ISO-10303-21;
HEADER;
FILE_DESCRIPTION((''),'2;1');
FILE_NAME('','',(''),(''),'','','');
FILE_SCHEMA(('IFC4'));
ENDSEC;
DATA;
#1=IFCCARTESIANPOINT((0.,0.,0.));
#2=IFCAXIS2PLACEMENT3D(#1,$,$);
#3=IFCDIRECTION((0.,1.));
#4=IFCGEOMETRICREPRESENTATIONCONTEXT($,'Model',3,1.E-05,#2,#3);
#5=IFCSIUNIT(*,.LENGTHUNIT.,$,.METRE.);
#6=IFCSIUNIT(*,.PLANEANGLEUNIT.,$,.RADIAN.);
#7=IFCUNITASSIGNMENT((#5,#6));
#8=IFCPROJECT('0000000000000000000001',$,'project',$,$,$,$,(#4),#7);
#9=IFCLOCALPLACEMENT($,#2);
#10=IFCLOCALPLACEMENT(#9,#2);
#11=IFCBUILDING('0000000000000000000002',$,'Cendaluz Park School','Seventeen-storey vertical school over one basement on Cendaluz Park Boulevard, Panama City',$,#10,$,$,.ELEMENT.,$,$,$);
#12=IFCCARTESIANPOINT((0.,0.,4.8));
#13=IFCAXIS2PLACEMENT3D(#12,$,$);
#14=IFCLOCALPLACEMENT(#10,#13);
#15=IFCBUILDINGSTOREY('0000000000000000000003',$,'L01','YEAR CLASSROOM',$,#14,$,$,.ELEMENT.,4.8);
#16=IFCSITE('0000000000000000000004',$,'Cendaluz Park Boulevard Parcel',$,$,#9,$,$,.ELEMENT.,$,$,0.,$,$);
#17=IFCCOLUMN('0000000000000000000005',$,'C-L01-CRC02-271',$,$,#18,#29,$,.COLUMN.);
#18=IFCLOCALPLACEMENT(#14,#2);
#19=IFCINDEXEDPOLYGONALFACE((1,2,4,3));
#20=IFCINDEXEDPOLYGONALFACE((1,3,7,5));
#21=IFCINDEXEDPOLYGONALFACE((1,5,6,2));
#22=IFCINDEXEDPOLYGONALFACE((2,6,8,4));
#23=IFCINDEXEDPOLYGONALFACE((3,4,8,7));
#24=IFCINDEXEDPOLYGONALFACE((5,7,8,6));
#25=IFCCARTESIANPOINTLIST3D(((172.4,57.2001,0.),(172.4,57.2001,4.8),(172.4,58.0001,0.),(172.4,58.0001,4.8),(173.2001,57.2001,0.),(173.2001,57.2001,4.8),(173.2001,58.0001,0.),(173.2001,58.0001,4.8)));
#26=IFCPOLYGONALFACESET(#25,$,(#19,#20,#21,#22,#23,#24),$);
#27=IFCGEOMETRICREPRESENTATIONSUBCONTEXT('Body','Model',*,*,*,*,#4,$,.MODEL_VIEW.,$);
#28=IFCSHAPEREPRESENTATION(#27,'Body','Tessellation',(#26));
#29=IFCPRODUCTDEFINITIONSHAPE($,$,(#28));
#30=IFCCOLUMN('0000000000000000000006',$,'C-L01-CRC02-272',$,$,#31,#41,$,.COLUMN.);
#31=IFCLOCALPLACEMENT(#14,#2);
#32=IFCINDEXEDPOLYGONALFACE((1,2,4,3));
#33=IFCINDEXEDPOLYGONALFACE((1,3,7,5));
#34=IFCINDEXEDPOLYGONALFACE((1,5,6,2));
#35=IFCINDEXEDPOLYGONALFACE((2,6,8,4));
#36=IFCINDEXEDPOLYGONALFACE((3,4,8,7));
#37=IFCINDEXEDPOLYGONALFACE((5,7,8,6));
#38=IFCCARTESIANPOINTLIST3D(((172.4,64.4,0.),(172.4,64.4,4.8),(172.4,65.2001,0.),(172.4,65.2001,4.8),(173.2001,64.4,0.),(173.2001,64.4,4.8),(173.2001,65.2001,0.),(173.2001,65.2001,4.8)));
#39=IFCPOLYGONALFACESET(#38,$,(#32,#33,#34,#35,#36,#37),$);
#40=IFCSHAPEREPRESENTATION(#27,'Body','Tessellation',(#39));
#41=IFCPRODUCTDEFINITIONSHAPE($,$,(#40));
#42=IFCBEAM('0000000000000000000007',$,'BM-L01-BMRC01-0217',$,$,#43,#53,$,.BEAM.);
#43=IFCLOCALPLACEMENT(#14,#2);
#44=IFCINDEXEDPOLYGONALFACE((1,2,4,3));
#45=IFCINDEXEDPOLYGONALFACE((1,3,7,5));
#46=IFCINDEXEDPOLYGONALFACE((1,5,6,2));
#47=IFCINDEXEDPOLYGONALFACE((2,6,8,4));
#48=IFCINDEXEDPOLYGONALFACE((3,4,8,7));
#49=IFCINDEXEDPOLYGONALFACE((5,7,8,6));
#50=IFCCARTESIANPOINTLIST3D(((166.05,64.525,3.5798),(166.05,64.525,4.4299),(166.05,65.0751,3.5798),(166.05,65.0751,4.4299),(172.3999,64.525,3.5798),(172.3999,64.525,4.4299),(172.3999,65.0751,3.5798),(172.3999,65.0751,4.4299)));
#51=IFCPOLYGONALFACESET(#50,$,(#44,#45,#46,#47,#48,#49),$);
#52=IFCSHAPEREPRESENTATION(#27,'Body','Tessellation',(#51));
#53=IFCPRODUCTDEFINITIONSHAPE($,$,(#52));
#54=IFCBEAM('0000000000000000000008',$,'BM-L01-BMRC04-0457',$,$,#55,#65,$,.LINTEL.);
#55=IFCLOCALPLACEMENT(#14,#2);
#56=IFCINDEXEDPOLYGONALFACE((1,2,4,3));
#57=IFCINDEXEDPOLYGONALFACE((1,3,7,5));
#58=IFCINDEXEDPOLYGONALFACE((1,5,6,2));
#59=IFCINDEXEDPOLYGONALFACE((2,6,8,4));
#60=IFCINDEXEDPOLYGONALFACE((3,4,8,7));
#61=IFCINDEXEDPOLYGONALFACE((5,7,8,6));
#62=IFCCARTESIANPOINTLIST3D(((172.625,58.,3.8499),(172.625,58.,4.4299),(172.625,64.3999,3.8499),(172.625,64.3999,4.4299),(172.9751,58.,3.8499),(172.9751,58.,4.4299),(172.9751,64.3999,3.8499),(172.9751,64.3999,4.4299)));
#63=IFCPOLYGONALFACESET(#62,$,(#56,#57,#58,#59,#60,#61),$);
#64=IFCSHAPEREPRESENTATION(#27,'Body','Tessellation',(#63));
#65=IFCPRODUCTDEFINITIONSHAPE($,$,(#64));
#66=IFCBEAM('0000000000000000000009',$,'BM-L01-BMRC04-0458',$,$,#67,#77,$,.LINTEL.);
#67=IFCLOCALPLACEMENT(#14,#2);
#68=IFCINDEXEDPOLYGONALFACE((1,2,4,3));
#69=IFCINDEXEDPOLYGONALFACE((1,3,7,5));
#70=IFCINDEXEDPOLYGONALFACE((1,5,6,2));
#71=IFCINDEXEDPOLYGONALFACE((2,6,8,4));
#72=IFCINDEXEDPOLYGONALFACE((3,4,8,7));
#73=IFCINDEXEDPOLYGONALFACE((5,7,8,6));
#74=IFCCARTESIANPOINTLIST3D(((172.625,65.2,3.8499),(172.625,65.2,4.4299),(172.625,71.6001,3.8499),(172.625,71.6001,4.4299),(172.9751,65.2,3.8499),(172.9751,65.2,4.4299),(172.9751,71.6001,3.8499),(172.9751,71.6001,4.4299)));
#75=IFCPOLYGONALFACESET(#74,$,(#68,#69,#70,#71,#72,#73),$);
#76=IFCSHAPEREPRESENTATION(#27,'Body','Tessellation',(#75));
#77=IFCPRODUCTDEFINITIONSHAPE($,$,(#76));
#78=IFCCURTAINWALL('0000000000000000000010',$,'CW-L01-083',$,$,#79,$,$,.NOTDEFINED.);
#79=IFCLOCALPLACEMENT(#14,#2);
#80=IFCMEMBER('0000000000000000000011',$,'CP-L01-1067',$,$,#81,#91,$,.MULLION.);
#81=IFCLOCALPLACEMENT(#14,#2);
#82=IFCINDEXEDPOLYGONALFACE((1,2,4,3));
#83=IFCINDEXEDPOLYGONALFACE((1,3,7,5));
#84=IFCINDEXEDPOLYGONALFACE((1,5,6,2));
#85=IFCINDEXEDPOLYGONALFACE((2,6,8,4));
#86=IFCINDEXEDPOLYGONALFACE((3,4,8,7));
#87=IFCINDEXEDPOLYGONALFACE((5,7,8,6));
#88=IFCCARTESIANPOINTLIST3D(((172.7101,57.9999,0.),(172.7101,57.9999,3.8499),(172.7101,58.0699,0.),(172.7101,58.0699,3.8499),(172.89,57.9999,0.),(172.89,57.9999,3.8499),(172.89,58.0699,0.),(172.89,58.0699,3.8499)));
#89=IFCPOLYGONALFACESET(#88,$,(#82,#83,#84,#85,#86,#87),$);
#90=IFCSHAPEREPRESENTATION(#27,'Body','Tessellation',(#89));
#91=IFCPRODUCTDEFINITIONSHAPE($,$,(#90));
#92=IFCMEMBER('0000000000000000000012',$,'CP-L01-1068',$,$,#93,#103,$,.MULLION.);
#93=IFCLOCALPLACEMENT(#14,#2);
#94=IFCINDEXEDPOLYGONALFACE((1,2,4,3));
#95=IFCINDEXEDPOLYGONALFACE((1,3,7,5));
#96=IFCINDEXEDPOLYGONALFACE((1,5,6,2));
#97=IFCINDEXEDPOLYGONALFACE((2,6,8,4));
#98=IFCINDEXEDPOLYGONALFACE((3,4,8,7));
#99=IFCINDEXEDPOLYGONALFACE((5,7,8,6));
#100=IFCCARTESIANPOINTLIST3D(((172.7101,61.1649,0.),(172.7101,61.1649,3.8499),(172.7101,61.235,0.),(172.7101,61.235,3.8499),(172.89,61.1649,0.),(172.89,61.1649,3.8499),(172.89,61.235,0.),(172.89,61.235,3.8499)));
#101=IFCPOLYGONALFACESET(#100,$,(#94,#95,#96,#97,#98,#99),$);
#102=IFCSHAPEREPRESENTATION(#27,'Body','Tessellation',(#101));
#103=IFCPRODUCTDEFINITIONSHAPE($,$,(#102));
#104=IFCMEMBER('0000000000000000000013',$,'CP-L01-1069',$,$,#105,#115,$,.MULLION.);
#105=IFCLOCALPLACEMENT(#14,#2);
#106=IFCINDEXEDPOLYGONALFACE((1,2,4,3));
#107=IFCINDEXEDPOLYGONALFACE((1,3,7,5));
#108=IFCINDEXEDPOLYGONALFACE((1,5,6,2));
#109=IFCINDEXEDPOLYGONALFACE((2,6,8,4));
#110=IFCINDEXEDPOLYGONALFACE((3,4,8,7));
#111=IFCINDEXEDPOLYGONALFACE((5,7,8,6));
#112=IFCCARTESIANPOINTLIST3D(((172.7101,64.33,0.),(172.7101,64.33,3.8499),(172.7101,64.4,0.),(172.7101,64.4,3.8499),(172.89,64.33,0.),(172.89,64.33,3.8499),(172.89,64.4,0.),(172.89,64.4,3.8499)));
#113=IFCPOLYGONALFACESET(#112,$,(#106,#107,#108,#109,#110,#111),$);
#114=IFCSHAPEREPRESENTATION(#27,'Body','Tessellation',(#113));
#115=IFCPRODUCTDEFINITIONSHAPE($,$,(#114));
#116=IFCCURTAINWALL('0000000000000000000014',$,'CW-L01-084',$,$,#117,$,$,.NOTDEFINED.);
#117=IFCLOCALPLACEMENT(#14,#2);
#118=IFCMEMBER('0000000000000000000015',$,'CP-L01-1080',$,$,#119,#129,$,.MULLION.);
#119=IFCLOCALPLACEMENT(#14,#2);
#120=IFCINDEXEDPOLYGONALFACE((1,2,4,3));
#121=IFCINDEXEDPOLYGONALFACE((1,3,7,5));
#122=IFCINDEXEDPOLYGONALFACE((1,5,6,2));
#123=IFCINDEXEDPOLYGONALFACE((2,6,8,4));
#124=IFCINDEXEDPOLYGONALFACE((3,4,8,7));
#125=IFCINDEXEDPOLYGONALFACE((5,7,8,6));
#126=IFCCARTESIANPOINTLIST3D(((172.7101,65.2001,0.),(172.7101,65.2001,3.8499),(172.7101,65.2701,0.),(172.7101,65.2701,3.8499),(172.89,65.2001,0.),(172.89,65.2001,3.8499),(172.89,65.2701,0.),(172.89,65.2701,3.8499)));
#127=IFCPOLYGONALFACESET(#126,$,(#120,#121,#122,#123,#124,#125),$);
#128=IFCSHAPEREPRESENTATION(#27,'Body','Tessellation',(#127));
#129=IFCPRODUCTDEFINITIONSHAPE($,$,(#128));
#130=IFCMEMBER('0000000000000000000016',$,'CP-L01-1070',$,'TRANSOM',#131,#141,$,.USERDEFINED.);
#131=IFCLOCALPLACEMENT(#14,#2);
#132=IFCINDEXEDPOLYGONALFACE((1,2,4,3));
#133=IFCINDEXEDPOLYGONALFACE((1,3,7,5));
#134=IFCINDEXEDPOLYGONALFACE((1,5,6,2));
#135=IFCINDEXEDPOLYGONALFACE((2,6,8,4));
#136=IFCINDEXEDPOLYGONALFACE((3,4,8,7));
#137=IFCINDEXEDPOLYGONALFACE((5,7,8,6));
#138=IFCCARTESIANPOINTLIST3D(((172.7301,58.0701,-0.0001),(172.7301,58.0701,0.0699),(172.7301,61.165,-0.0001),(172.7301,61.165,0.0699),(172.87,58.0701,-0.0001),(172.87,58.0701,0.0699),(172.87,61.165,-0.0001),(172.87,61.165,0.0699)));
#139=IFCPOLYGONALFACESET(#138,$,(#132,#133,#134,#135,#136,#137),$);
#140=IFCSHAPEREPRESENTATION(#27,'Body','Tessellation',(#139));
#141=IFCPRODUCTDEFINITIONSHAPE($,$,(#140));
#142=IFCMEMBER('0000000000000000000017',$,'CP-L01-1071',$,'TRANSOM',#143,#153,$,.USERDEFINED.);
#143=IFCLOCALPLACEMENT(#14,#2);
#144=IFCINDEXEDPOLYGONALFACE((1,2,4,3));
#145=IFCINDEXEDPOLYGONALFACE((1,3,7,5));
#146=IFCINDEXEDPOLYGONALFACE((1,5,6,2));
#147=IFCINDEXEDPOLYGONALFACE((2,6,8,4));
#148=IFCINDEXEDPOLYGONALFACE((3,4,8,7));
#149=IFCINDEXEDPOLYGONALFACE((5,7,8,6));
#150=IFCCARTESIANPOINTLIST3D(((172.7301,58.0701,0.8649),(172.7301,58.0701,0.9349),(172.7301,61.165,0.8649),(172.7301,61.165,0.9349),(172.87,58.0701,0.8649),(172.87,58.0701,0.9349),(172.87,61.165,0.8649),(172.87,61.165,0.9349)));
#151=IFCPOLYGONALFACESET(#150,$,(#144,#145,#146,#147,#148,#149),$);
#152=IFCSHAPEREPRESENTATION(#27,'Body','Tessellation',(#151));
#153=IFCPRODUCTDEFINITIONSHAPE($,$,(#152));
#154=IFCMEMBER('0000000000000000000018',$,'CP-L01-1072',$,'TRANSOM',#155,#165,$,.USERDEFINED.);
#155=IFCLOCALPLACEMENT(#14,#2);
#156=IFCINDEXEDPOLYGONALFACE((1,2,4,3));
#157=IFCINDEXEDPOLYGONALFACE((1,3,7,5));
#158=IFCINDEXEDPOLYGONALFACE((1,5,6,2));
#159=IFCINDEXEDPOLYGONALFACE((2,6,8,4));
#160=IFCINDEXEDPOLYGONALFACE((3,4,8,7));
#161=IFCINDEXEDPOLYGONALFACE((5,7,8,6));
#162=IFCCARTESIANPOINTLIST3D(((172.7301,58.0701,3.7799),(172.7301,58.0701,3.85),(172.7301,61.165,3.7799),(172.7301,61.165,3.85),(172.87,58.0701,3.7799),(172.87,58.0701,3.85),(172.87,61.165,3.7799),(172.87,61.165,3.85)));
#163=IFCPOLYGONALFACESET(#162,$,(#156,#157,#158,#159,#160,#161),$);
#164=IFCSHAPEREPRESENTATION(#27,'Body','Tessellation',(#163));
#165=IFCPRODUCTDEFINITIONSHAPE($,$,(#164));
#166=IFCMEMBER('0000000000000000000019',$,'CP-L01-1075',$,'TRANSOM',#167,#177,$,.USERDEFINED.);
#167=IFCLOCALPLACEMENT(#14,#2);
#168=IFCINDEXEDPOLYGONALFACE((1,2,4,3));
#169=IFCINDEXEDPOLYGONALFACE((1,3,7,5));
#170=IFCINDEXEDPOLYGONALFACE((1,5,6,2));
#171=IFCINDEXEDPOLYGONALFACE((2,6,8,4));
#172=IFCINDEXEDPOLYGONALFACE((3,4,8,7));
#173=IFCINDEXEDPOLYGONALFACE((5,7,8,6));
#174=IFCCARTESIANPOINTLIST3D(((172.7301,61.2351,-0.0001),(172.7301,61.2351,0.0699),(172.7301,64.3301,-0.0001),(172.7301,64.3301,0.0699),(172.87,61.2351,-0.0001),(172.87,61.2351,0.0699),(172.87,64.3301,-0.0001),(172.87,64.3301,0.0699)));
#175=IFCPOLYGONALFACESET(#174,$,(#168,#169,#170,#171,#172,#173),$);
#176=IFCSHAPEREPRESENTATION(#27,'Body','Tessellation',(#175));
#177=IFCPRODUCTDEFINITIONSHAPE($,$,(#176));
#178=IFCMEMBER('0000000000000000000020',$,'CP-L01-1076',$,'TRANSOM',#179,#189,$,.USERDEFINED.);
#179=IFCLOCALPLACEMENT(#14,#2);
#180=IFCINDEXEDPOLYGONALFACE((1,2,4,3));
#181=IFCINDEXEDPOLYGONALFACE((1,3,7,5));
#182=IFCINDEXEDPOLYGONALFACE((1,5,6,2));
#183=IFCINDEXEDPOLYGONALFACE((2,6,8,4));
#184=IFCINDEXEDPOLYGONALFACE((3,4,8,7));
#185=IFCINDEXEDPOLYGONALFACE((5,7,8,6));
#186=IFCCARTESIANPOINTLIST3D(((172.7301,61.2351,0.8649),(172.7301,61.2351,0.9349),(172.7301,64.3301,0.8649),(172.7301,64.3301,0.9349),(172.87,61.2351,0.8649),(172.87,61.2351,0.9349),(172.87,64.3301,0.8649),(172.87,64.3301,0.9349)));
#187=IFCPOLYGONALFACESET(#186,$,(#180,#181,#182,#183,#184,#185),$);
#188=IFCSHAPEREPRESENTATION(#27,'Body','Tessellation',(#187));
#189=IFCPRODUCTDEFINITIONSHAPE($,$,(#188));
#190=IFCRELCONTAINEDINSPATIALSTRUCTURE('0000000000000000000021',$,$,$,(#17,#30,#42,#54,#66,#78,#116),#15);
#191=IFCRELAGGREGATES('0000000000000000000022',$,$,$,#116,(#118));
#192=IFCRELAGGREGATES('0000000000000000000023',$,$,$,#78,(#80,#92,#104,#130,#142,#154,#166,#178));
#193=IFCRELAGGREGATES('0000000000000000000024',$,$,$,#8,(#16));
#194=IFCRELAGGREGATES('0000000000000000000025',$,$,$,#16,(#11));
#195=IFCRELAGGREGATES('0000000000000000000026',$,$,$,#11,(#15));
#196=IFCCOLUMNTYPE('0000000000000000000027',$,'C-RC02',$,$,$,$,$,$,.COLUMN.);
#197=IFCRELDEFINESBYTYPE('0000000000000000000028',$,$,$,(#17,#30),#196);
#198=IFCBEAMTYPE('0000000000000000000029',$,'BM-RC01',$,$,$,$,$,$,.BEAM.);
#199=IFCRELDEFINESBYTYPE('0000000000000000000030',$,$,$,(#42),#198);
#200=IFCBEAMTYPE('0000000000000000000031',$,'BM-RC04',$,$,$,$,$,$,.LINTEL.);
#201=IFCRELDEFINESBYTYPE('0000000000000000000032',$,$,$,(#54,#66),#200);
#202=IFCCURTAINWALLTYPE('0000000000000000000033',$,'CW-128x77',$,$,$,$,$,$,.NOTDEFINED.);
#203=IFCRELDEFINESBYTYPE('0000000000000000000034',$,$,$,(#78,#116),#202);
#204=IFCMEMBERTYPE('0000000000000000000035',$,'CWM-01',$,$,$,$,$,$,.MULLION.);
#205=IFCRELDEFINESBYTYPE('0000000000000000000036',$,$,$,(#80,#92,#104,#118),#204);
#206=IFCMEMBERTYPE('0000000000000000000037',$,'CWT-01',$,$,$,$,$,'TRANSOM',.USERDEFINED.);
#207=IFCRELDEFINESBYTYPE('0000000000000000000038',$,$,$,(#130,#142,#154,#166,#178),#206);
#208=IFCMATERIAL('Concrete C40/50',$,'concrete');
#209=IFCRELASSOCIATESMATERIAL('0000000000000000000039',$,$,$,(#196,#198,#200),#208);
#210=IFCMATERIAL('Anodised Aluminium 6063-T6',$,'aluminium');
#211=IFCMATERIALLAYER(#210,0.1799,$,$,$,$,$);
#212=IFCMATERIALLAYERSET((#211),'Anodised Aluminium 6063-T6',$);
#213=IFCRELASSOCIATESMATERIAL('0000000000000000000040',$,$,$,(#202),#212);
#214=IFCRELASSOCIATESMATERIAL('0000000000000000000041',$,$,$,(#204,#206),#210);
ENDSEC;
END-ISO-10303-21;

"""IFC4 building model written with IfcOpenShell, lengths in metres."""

from ifc_helpers import new_model, si_unit, direction, frame, origin, origin_2d, place, context, subcontext, project, spatial, rectangle, extrude, material, layer, layer_set, material_profile, profile_set, type_object, element, aggregate, save


model = new_model("IFC4")

# Units and contexts
model_context = context("Model", 3, precision=1e-05, world=origin(), true_north=direction((0.0, 1.0)))
body_context = subcontext(model_context, "Body", "Model", "MODEL_VIEW")
ifc_project = project(units=[si_unit("LENGTHUNIT", "METRE"), si_unit("PLANEANGLEUNIT", "RADIAN")], contexts=[model_context])

# Site, building, storey
site_placement = place(None, origin())
site = spatial("IfcSite", under=ifc_project, at=site_placement, Name="Cendaluz Park Boulevard Parcel", CompositionType="ELEMENT", RefElevation=0.0)
building_placement = place(site_placement, origin())
building = spatial("IfcBuilding", under=site, at=building_placement, Name="Cendaluz Park School", Description="Seventeen-storey vertical school over one basement on Cendaluz Park Boulevard, Panama City", CompositionType="ELEMENT")
storey_placement = place(building_placement, frame((0.0, 0.0, 4.8)))
storey = spatial("IfcBuildingStorey", under=building, at=storey_placement, Name="L01", Description="YEAR CLASSROOM", CompositionType="ELEMENT", Elevation=4.8)

# Columns
ifc_material_1 = material(Name="Concrete C40/50", Category="concrete")
ifc_material_profile_1 = material_profile(ifc_material_1, rectangle(XDim=0.8, YDim=0.8, at=origin_2d()), Name="RC 800x800", Category="concrete")
ifc_profile_set_1 = profile_set([ifc_material_profile_1], Name="Concrete C40/50")
column_type = type_object("IfcColumnType", Name="C-RC02", PredefinedType="COLUMN", material=ifc_profile_set_1)
for number, where, z_axis, x_axis, name in (
    (1, (172.8, 57.6001, 0.0), (0.0, 0.0, 1.0), (1.0, 0.0, 0.0), "C-L01-CRC02-271"),
    (2, (172.8, 64.8, 0.0), (0.0, 0.0, 1.0), (1.0, 0.0, 0.0), "C-L01-CRC02-272"),
):
    element("IfcColumn", number, at=place(storey_placement, frame(where, z_axis=z_axis, x_axis=x_axis)), inside=storey, type_object=column_type, Name=name, PredefinedType="COLUMN", context=body_context, shape_type="SweptSolid", body=[
        extrude(rectangle(XDim=0.8, YDim=0.8, at=origin_2d()), origin(), (0.0, 0.0, 1.0), 4.8),
    ])

# Beams
ifc_material_profile_2 = material_profile(ifc_material_1, rectangle(XDim=0.55, YDim=0.8501, at=origin_2d()), Name="RC 550x850", Category="concrete")
ifc_profile_set_2 = profile_set([ifc_material_profile_2], Name="Concrete C40/50")
beam_type_1 = type_object("IfcBeamType", Name="BM-RC01", PredefinedType="BEAM", material=ifc_profile_set_2)
beam_1_placement = place(storey_placement, frame((166.05, 64.8, 4.0049), z_axis=(1.0, 0.0, 0.0), x_axis=(0.0, 1.0, 0.0)))
element("IfcBeam", 3, at=beam_1_placement, inside=storey, type_object=beam_type_1, Name="BM-L01-BMRC01-0217", PredefinedType="BEAM", context=body_context, shape_type="SweptSolid", body=[
    extrude(rectangle(XDim=0.55, YDim=0.8501, at=origin_2d()), origin(), (0.0, 0.0, 1.0), 6.3499),
])
ifc_material_profile_3 = material_profile(ifc_material_1, rectangle(XDim=0.3501, YDim=0.5801, at=origin_2d()), Name="RC 350x580", Category="concrete")
ifc_profile_set_3 = profile_set([ifc_material_profile_3], Name="Concrete C40/50")
beam_type_2 = type_object("IfcBeamType", Name="BM-RC04", PredefinedType="LINTEL", material=ifc_profile_set_3)
beam_2_placement = place(storey_placement, frame((172.8, 58.0, 4.1399), z_axis=(0.0, 1.0, 0.0), x_axis=(-1.0, 0.0, 0.0)))
element("IfcBeam", 4, at=beam_2_placement, inside=storey, type_object=beam_type_2, Name="BM-L01-BMRC04-0457", PredefinedType="LINTEL", context=body_context, shape_type="SweptSolid", body=[
    extrude(rectangle(XDim=0.3501, YDim=0.5801, at=origin_2d()), origin(), (0.0, 0.0, 1.0), 6.3999),
])
beam_3_placement = place(storey_placement, frame((172.8, 65.2, 4.1399), z_axis=(0.0, 1.0, 0.0), x_axis=(-1.0, 0.0, 0.0)))
element("IfcBeam", 5, at=beam_3_placement, inside=storey, type_object=beam_type_2, Name="BM-L01-BMRC04-0458", PredefinedType="LINTEL", context=body_context, shape_type="SweptSolid", body=[
    extrude(rectangle(XDim=0.3501, YDim=0.5801, at=origin_2d()), origin(), (0.0, 0.0, 1.0), 6.4001),
])

# Curtain wall, members
ifc_material_2 = material(Name="Anodised Aluminium 6063-T6", Category="aluminium")
ifc_layer_1 = layer(ifc_material_2, 0.1799)
ifc_layer_set_1 = layer_set([ifc_layer_1], Name="Anodised Aluminium 6063-T6")
curtain_wall_type = type_object("IfcCurtainWallType", Name="CW-128x77", PredefinedType="NOTDEFINED", material=ifc_layer_set_1)
curtain_wall_1_placement = place(storey_placement, origin())
curtain_wall_1 = element("IfcCurtainWall", 6, at=curtain_wall_1_placement, inside=storey, type_object=curtain_wall_type, Name="CW-L01-083", PredefinedType="NOTDEFINED")
ifc_material_profile_4 = material_profile(ifc_material_2, rectangle(XDim=0.1799, YDim=0.0701, at=origin_2d()), Name="CWM 180x70", Category="aluminium")
ifc_profile_set_4 = profile_set([ifc_material_profile_4], Name="Anodised Aluminium 6063-T6")
member_type_1 = type_object("IfcMemberType", Name="CWM-01", PredefinedType="MULLION", material=ifc_profile_set_4)
member_1_placement = place(storey_placement, frame((172.8, 58.0349, 0.0), z_axis=(0.0, 0.0, 1.0), x_axis=(-1.0, 0.0, 0.0)))
member_1 = element("IfcMember", 7, at=member_1_placement, type_object=member_type_1, Name="CP-L01-1067", PredefinedType="MULLION", context=body_context, shape_type="SweptSolid", body=[
    extrude(rectangle(XDim=0.1799, YDim=0.0701, at=origin_2d()), origin(), (0.0, 0.0, 1.0), 3.8499),
])
member_2_placement = place(storey_placement, frame((172.8, 61.2, 0.0), z_axis=(0.0, 0.0, 1.0), x_axis=(-1.0, 0.0, 0.0)))
member_2 = element("IfcMember", 8, at=member_2_placement, type_object=member_type_1, Name="CP-L01-1068", PredefinedType="MULLION", context=body_context, shape_type="SweptSolid", body=[
    extrude(rectangle(XDim=0.1799, YDim=0.0701, at=origin_2d()), origin(), (0.0, 0.0, 1.0), 3.8499),
])
member_3_placement = place(storey_placement, frame((172.8, 64.365, 0.0), z_axis=(0.0, 0.0, 1.0), x_axis=(-1.0, 0.0, 0.0)))
member_3 = element("IfcMember", 9, at=member_3_placement, type_object=member_type_1, Name="CP-L01-1069", PredefinedType="MULLION", context=body_context, shape_type="SweptSolid", body=[
    extrude(rectangle(XDim=0.1799, YDim=0.0701, at=origin_2d()), origin(), (0.0, 0.0, 1.0), 3.8499),
])

# Curtain wall, member
curtain_wall_2_placement = place(storey_placement, origin())
curtain_wall_2 = element("IfcCurtainWall", 10, at=curtain_wall_2_placement, inside=storey, type_object=curtain_wall_type, Name="CW-L01-084", PredefinedType="NOTDEFINED")
member_4_placement = place(storey_placement, frame((172.8, 65.2351, 0.0), z_axis=(0.0, 0.0, 1.0), x_axis=(-1.0, 0.0, 0.0)))
member_4 = element("IfcMember", 11, at=member_4_placement, type_object=member_type_1, Name="CP-L01-1080", PredefinedType="MULLION", context=body_context, shape_type="SweptSolid", body=[
    extrude(rectangle(XDim=0.1799, YDim=0.0701, at=origin_2d()), origin(), (0.0, 0.0, 1.0), 3.8499),
])
aggregate(curtain_wall_2, [member_4])

# Members
ifc_material_profile_5 = material_profile(ifc_material_2, rectangle(XDim=0.1399, YDim=0.0701, at=origin_2d()), Name="CWT 140x70", Category="aluminium")
ifc_profile_set_5 = profile_set([ifc_material_profile_5], Name="Anodised Aluminium 6063-T6")
member_type_2 = type_object("IfcMemberType", Name="CWT-01", ElementType="TRANSOM", PredefinedType="USERDEFINED", material=ifc_profile_set_5)
member_5_placement = place(storey_placement, frame((172.8, 58.0701, 0.0349), z_axis=(0.0, 1.0, 0.0), x_axis=(-1.0, 0.0, 0.0)))
member_5 = element("IfcMember", 12, at=member_5_placement, type_object=member_type_2, Name="CP-L01-1070", ObjectType="TRANSOM", PredefinedType="USERDEFINED", context=body_context, shape_type="SweptSolid", body=[
    extrude(rectangle(XDim=0.1399, YDim=0.0701, at=origin_2d()), origin(), (0.0, 0.0, 1.0), 3.095),
])
member_6_placement = place(storey_placement, frame((172.8, 58.0701, 0.8999), z_axis=(0.0, 1.0, 0.0), x_axis=(-1.0, 0.0, 0.0)))
member_6 = element("IfcMember", 13, at=member_6_placement, type_object=member_type_2, Name="CP-L01-1071", ObjectType="TRANSOM", PredefinedType="USERDEFINED", context=body_context, shape_type="SweptSolid", body=[
    extrude(rectangle(XDim=0.1399, YDim=0.0701, at=origin_2d()), origin(), (0.0, 0.0, 1.0), 3.095),
])
member_7_placement = place(storey_placement, frame((172.8, 58.0701, 3.8149), z_axis=(0.0, 1.0, 0.0), x_axis=(-1.0, 0.0, 0.0)))
member_7 = element("IfcMember", 14, at=member_7_placement, type_object=member_type_2, Name="CP-L01-1072", ObjectType="TRANSOM", PredefinedType="USERDEFINED", context=body_context, shape_type="SweptSolid", body=[
    extrude(rectangle(XDim=0.1399, YDim=0.0701, at=origin_2d()), origin(), (0.0, 0.0, 1.0), 3.095),
])
member_8_placement = place(storey_placement, frame((172.8, 61.2351, 0.0349), z_axis=(0.0, 1.0, 0.0), x_axis=(-1.0, 0.0, 0.0)))
member_8 = element("IfcMember", 15, at=member_8_placement, type_object=member_type_2, Name="CP-L01-1075", ObjectType="TRANSOM", PredefinedType="USERDEFINED", context=body_context, shape_type="SweptSolid", body=[
    extrude(rectangle(XDim=0.1399, YDim=0.0701, at=origin_2d()), origin(), (0.0, 0.0, 1.0), 3.095),
])
member_9_placement = place(storey_placement, frame((172.8, 61.2351, 0.8999), z_axis=(0.0, 1.0, 0.0), x_axis=(-1.0, 0.0, 0.0)))
member_9 = element("IfcMember", 16, at=member_9_placement, type_object=member_type_2, Name="CP-L01-1076", ObjectType="TRANSOM", PredefinedType="USERDEFINED", context=body_context, shape_type="SweptSolid", body=[
    extrude(rectangle(XDim=0.1399, YDim=0.0701, at=origin_2d()), origin(), (0.0, 0.0, 1.0), 3.095),
])

aggregate(curtain_wall_1, [member_1, member_2, member_3, member_5, member_6, member_7, member_8, member_9])

save(model, "model.ifc")
